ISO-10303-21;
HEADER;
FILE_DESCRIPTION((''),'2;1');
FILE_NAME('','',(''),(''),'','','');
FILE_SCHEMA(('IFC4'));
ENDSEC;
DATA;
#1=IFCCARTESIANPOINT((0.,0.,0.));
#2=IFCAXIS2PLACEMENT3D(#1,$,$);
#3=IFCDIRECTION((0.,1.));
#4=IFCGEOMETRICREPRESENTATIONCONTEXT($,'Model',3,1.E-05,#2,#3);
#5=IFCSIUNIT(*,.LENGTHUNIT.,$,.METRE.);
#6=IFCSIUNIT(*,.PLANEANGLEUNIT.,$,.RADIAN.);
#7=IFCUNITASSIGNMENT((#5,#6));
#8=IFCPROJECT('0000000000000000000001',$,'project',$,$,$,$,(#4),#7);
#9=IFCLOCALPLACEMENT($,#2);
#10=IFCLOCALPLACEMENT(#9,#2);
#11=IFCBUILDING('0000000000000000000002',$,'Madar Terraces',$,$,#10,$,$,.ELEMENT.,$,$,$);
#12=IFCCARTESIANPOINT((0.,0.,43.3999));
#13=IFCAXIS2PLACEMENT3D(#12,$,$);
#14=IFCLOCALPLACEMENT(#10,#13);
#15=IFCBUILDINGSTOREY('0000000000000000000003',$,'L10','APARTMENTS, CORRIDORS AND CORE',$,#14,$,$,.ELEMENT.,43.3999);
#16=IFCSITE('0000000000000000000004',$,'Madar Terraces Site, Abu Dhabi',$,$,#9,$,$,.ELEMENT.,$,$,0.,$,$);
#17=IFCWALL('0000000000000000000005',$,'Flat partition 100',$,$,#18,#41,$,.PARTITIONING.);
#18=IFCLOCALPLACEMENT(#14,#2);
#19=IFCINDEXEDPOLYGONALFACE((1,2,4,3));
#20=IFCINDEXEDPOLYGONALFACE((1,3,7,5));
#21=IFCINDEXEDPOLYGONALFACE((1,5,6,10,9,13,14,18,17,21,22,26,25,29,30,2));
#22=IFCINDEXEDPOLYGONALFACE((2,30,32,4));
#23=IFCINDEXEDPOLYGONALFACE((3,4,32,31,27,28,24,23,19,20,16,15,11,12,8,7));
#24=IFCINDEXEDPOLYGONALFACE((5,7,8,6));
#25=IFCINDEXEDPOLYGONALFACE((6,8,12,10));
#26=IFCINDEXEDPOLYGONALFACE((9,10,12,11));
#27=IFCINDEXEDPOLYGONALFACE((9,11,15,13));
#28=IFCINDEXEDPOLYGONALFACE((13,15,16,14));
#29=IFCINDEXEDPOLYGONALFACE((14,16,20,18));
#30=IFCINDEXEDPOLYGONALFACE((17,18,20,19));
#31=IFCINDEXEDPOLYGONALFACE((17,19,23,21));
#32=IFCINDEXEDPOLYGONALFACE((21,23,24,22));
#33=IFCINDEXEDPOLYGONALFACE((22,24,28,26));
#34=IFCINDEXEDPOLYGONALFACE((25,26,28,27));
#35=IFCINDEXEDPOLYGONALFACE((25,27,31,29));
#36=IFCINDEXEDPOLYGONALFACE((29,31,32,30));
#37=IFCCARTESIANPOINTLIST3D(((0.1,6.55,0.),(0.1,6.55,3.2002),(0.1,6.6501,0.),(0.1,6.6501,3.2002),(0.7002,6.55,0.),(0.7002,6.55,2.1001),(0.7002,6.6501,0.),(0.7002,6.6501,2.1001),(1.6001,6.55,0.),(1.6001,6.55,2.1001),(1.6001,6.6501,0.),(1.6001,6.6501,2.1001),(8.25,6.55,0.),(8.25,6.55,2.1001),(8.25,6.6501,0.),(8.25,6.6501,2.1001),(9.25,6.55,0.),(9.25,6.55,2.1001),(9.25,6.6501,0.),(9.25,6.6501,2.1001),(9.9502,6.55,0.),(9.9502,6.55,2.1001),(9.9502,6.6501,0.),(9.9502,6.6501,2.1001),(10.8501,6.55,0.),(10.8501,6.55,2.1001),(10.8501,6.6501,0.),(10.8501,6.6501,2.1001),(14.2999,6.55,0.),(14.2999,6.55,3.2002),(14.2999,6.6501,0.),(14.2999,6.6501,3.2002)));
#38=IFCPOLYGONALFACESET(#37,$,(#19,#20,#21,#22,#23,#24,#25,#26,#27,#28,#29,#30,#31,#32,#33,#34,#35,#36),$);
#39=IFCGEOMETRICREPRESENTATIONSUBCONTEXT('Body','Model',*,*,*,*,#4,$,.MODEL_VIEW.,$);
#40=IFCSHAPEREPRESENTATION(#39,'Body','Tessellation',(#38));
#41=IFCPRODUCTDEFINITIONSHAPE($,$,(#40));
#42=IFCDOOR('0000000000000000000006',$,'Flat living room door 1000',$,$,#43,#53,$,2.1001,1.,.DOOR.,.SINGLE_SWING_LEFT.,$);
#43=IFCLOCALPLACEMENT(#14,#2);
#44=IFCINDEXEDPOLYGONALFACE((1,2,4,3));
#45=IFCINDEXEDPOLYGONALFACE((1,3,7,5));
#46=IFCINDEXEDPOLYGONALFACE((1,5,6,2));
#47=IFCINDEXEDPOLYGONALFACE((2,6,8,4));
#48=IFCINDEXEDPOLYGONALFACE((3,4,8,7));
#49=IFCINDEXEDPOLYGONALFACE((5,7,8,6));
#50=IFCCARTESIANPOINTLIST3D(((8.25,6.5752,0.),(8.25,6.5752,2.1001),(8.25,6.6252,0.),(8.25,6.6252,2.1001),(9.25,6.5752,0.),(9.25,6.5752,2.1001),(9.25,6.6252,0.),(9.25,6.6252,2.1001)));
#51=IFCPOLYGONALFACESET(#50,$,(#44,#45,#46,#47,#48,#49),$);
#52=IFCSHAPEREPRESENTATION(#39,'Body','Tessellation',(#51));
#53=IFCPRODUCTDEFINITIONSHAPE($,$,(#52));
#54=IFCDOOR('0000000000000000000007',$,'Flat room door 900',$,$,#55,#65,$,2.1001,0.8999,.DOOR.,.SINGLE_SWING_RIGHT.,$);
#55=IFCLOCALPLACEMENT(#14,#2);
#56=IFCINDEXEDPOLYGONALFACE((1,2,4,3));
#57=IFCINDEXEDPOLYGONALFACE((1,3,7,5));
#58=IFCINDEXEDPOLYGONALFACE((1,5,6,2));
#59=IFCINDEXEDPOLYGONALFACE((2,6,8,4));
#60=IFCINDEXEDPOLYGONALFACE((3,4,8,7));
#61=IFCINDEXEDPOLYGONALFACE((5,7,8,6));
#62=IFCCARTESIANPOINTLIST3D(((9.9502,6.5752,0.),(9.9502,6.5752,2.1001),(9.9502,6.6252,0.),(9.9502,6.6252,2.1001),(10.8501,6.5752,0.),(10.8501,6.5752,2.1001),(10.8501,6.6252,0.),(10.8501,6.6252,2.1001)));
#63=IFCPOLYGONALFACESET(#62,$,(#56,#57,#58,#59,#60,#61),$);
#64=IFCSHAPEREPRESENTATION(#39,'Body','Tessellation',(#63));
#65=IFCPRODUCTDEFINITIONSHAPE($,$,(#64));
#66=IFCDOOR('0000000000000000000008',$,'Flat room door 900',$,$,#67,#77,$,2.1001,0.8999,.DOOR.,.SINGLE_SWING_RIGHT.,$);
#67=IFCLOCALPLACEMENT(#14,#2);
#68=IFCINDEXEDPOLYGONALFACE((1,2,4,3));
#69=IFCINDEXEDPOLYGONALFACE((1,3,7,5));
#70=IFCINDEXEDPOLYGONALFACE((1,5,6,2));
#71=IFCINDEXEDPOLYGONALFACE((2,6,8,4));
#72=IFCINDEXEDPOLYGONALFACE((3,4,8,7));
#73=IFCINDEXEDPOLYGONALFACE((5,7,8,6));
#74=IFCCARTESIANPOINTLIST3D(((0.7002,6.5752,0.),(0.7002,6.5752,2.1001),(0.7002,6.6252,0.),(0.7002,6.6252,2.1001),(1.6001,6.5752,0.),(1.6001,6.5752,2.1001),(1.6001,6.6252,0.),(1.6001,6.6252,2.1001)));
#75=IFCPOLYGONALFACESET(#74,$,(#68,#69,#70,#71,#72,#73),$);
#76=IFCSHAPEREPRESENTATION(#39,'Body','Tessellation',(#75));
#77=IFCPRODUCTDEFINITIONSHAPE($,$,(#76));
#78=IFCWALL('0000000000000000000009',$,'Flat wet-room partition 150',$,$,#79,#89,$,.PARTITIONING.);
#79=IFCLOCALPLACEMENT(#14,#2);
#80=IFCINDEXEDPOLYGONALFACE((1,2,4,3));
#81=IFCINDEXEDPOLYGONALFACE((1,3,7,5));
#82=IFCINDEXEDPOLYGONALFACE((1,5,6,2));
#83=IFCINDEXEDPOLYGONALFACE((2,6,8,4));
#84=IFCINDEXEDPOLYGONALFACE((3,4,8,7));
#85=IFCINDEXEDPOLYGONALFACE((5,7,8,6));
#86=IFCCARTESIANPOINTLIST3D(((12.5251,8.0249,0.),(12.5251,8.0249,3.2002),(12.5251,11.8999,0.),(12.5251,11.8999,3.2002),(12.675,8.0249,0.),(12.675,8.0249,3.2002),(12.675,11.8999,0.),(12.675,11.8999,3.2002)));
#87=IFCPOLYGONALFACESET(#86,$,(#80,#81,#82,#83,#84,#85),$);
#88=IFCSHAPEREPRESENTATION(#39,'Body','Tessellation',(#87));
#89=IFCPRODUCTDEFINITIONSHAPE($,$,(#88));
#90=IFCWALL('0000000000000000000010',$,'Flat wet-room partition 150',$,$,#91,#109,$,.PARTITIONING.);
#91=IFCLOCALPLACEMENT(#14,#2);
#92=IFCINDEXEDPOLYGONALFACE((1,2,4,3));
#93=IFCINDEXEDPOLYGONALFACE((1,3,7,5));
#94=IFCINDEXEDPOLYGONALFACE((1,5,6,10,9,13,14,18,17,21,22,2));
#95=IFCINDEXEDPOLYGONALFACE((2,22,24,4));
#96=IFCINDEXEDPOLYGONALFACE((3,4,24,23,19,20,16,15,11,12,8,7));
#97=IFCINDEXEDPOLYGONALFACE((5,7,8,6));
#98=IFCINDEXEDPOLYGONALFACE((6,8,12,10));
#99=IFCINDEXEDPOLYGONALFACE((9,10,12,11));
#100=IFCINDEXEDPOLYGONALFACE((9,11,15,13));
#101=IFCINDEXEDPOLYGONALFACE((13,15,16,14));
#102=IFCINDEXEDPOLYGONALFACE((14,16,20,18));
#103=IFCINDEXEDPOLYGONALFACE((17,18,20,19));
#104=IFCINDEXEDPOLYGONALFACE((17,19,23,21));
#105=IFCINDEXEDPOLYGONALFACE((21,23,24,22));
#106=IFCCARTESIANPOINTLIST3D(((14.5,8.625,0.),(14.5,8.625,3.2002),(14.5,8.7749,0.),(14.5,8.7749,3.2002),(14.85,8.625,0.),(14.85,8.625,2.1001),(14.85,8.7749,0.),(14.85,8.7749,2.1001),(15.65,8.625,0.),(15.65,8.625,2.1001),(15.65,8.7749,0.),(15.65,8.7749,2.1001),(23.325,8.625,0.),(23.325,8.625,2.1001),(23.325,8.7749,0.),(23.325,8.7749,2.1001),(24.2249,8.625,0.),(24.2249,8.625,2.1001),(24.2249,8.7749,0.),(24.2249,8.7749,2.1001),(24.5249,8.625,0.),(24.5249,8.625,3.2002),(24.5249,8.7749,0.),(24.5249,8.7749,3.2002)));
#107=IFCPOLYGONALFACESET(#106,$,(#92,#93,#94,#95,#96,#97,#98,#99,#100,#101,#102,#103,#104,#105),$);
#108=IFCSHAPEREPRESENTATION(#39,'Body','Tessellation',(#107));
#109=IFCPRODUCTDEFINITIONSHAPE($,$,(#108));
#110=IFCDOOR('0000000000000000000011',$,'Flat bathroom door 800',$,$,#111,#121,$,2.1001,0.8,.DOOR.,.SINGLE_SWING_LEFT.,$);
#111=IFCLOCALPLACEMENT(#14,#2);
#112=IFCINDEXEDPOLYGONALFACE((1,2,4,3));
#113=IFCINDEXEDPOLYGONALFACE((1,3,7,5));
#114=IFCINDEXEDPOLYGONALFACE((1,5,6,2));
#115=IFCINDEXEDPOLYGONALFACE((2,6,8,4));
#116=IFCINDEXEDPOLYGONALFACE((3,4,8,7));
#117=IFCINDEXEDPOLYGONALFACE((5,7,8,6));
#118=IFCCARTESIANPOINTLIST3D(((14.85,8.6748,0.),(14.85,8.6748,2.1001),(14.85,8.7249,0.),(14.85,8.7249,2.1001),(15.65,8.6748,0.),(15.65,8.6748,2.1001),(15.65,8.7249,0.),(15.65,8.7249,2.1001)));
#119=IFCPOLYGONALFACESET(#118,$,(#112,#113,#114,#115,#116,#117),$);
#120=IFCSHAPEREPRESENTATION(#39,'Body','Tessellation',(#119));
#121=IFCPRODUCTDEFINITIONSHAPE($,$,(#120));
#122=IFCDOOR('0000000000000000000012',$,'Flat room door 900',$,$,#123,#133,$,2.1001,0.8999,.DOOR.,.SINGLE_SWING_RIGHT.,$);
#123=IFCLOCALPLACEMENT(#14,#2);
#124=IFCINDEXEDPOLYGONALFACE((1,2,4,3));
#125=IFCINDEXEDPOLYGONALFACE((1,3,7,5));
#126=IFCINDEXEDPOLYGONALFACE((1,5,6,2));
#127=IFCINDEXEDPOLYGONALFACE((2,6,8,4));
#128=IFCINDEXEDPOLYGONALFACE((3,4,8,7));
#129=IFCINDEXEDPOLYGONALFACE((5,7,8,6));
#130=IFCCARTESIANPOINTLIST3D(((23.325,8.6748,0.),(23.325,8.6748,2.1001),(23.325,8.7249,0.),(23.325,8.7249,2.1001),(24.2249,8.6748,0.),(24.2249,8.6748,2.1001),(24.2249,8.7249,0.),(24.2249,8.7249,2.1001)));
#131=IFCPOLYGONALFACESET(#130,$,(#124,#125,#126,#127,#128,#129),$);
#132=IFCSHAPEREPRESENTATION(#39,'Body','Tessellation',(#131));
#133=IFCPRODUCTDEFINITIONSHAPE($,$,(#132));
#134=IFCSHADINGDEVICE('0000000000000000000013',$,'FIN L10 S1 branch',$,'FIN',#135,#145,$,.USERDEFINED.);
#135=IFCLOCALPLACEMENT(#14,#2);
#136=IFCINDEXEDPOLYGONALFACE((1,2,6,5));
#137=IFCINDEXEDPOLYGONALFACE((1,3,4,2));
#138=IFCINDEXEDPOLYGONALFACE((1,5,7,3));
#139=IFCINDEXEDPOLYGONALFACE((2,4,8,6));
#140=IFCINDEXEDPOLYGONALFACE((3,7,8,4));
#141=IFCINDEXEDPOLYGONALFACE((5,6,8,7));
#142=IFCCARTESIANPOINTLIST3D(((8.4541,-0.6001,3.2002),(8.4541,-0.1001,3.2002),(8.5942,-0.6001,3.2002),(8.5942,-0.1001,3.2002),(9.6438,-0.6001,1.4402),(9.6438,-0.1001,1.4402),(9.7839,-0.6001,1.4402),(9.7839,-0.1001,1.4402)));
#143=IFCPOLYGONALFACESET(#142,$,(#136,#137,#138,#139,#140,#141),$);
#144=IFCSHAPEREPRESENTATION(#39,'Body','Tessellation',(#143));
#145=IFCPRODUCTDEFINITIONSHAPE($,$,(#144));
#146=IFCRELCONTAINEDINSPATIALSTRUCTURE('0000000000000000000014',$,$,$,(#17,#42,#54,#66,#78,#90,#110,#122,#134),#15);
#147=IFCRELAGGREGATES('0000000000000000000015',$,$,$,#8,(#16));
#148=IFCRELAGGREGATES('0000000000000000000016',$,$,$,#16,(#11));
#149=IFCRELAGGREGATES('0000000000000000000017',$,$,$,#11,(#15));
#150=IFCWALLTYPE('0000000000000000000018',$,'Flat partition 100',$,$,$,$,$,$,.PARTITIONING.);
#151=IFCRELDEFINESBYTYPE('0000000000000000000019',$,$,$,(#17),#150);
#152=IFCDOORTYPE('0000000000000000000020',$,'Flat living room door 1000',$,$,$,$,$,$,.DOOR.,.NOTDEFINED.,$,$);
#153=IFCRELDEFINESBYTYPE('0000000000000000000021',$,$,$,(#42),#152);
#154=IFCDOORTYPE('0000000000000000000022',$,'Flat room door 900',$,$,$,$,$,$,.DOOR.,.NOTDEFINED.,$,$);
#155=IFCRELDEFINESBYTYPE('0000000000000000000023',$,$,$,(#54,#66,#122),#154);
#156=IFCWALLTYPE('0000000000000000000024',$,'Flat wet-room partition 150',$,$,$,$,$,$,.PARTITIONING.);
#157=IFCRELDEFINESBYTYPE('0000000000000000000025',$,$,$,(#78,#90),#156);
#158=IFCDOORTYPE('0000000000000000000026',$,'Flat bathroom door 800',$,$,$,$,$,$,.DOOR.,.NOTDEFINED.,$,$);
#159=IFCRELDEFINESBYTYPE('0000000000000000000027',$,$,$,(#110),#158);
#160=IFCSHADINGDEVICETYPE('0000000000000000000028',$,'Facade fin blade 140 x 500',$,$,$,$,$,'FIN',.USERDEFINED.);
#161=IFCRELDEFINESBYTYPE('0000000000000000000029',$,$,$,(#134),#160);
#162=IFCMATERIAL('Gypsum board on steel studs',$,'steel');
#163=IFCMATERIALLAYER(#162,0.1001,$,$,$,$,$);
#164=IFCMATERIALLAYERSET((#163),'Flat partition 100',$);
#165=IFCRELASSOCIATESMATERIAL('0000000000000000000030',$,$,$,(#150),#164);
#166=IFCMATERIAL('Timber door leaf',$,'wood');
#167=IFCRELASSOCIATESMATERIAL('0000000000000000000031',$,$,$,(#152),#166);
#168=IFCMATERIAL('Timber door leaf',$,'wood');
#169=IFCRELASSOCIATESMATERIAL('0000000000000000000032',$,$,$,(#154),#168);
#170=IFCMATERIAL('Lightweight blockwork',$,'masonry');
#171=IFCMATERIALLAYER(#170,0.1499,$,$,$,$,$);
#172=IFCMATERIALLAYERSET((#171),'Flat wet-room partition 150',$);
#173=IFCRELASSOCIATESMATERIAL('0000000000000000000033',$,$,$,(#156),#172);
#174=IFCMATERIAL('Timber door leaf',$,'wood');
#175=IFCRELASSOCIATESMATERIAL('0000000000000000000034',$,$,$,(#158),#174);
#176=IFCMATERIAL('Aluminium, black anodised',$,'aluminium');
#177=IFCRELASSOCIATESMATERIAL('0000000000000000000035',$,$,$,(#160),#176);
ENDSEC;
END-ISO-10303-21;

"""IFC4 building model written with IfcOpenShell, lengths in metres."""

from ifc_helpers import new_model, si_unit, direction, frame, frame_2d, origin, place, context, subcontext, project, spatial, polyline, rectangle, outline, extrude, material, layer, layer_set, type_object, element, fill, save


model = new_model("IFC4")

# Units and contexts
model_context = context("Model", 3, precision=1e-05, world=origin(), true_north=direction((0.0, 1.0)))
body_context = subcontext(model_context, "Body", "Model", "MODEL_VIEW")
ifc_project = project(units=[si_unit("LENGTHUNIT", "METRE"), si_unit("PLANEANGLEUNIT", "RADIAN")], contexts=[model_context])

# Site, building, storey
site_placement = place(None, origin())
site = spatial("IfcSite", under=ifc_project, at=site_placement, Name="Madar Terraces Site, Abu Dhabi", CompositionType="ELEMENT", RefElevation=0.0)
building_placement = place(site_placement, origin())
building = spatial("IfcBuilding", under=site, at=building_placement, Name="Madar Terraces", CompositionType="ELEMENT")
storey_placement = place(building_placement, frame((0.0, 0.0, 43.3999)))
storey = spatial("IfcBuildingStorey", under=building, at=storey_placement, Name="L10", Description="APARTMENTS, CORRIDORS AND CORE", CompositionType="ELEMENT", Elevation=43.3999)

# Wall, openings, doors
ifc_material_1 = material(Name="Gypsum board on steel studs", Category="steel")
ifc_layer_1 = layer(ifc_material_1, 0.1001)
ifc_layer_set_1 = layer_set([ifc_layer_1], Name="Flat partition 100")
wall_type_1 = type_object("IfcWallType", Name="Flat partition 100", PredefinedType="PARTITIONING", material=ifc_layer_set_1)
wall_1_placement = place(storey_placement, frame((14.3, 6.6001, 0.0), z_axis=(0.0, 0.0, 1.0), x_axis=(-1.0, 0.0, 0.0)))
wall_1 = element("IfcWall", 1, at=wall_1_placement, inside=storey, type_object=wall_type_1, Name="Flat partition 100", PredefinedType="PARTITIONING", context=body_context, shape_type="SweptSolid", body=[
    extrude(rectangle(XDim=14.2, YDim=0.1001, at=frame_2d((7.1001, 0.0))), origin(), (0.0, 0.0, 1.0), 3.2002),
])
opening_1_placement = place(wall_1_placement, frame((3.45, 0.0, 0.0)))
opening_1 = element("IfcOpeningElement", 2, at=opening_1_placement, cuts=wall_1, PredefinedType="OPENING", context=body_context, shape_type="SweptSolid", body=[
    extrude(rectangle(XDim=0.8999, YDim=2.1001, at=frame_2d((0.45, 1.05))), frame((0.0, 0.0601, 0.0), z_axis=(0.0, -1.0, 0.0), x_axis=(1.0, 0.0, 0.0)), (0.0, 0.0, 1.0), 0.1201),
])
opening_2_placement = place(wall_1_placement, frame((5.05, 0.0, 0.0)))
opening_2 = element("IfcOpeningElement", 3, at=opening_2_placement, cuts=wall_1, PredefinedType="OPENING", context=body_context, shape_type="SweptSolid", body=[
    extrude(rectangle(XDim=1.0, YDim=2.1001, at=frame_2d((0.5, 1.05))), frame((0.0, 0.0601, 0.0), z_axis=(0.0, -1.0, 0.0), x_axis=(1.0, 0.0, 0.0)), (0.0, 0.0, 1.0), 0.1201),
])
opening_3_placement = place(wall_1_placement, frame((12.7, 0.0, 0.0)))
opening_3 = element("IfcOpeningElement", 4, at=opening_3_placement, cuts=wall_1, PredefinedType="OPENING", context=body_context, shape_type="SweptSolid", body=[
    extrude(rectangle(XDim=0.8999, YDim=2.1001, at=frame_2d((0.45, 1.05))), frame((0.0, 0.0601, 0.0), z_axis=(0.0, -1.0, 0.0), x_axis=(1.0, 0.0, 0.0)), (0.0, 0.0, 1.0), 0.1201),
])
ifc_material_2 = material(Name="Timber door leaf", Category="wood")
door_type_1 = type_object("IfcDoorType", Name="Flat living room door 1000", OperationType="NOTDEFINED", PredefinedType="DOOR", material=ifc_material_2)
door_1_placement = place(opening_2_placement, origin())
door_1 = element("IfcDoor", 5, at=door_1_placement, inside=storey, type_object=door_type_1, Name="Flat living room door 1000", OperationType="SINGLE_SWING_LEFT", OverallHeight=2.1001, OverallWidth=1.0, PredefinedType="DOOR", context=body_context, shape_type="SweptSolid", body=[
    extrude(rectangle(XDim=1.0, YDim=2.1001, at=frame_2d((0.5, 1.05))), frame((0.0, 0.0249, 0.0), z_axis=(0.0, -1.0, 0.0), x_axis=(1.0, 0.0, 0.0)), (0.0, 0.0, 1.0), 0.05),
])
fill(opening_2, door_1)
ifc_material_3 = material(Name="Timber door leaf", Category="wood")
door_type_2 = type_object("IfcDoorType", Name="Flat room door 900", OperationType="NOTDEFINED", PredefinedType="DOOR", material=ifc_material_3)
door_2_placement = place(opening_1_placement, origin())
door_2 = element("IfcDoor", 6, at=door_2_placement, inside=storey, type_object=door_type_2, Name="Flat room door 900", OperationType="SINGLE_SWING_RIGHT", OverallHeight=2.1001, OverallWidth=0.8999, PredefinedType="DOOR", context=body_context, shape_type="SweptSolid", body=[
    extrude(rectangle(XDim=0.8999, YDim=2.1001, at=frame_2d((0.45, 1.05))), frame((0.0, 0.0249, 0.0), z_axis=(0.0, -1.0, 0.0), x_axis=(1.0, 0.0, 0.0)), (0.0, 0.0, 1.0), 0.05),
])
fill(opening_1, door_2)
door_3_placement = place(opening_3_placement, origin())
door_3 = element("IfcDoor", 7, at=door_3_placement, inside=storey, type_object=door_type_2, Name="Flat room door 900", OperationType="SINGLE_SWING_RIGHT", OverallHeight=2.1001, OverallWidth=0.8999, PredefinedType="DOOR", context=body_context, shape_type="SweptSolid", body=[
    extrude(rectangle(XDim=0.8999, YDim=2.1001, at=frame_2d((0.45, 1.05))), frame((0.0, 0.0249, 0.0), z_axis=(0.0, -1.0, 0.0), x_axis=(1.0, 0.0, 0.0)), (0.0, 0.0, 1.0), 0.05),
])
fill(opening_3, door_3)

# Wall
ifc_material_4 = material(Name="Lightweight blockwork", Category="masonry")
ifc_layer_2 = layer(ifc_material_4, 0.1499)
ifc_layer_set_2 = layer_set([ifc_layer_2], Name="Flat wet-room partition 150")
wall_type_2 = type_object("IfcWallType", Name="Flat wet-room partition 150", PredefinedType="PARTITIONING", material=ifc_layer_set_2)
wall_2_placement = place(storey_placement, frame((12.6001, 11.8999, 0.0), z_axis=(0.0, 0.0, 1.0), x_axis=(0.0, -1.0, 0.0)))
element("IfcWall", 8, at=wall_2_placement, inside=storey, type_object=wall_type_2, Name="Flat wet-room partition 150", PredefinedType="PARTITIONING", context=body_context, shape_type="SweptSolid", body=[
    extrude(rectangle(XDim=3.875, YDim=0.1499, at=frame_2d((1.9375, 0.0))), origin(), (0.0, 0.0, 1.0), 3.2002),
])

# Wall, openings, doors
wall_3_placement = place(storey_placement, frame((14.5, 8.7, 0.0), z_axis=(0.0, 0.0, 1.0), x_axis=(1.0, 0.0, 0.0)))
wall_3 = element("IfcWall", 9, at=wall_3_placement, inside=storey, type_object=wall_type_2, Name="Flat wet-room partition 150", PredefinedType="PARTITIONING", context=body_context, shape_type="SweptSolid", body=[
    extrude(rectangle(XDim=10.0249, YDim=0.1499, at=frame_2d((5.0125, 0.0))), origin(), (0.0, 0.0, 1.0), 3.2002),
])
opening_4_placement = place(wall_3_placement, frame((8.825, 0.0, 0.0)))
opening_4 = element("IfcOpeningElement", 10, at=opening_4_placement, cuts=wall_3, PredefinedType="OPENING", context=body_context, shape_type="SweptSolid", body=[
    extrude(rectangle(XDim=0.8999, YDim=2.1001, at=frame_2d((0.45, 1.05))), frame((0.0, 0.085, 0.0), z_axis=(0.0, -1.0, 0.0), x_axis=(1.0, 0.0, 0.0)), (0.0, 0.0, 1.0), 0.1699),
])
opening_5_placement = place(wall_3_placement, frame((0.3501, 0.0, 0.0)))
opening_5 = element("IfcOpeningElement", 11, at=opening_5_placement, cuts=wall_3, PredefinedType="OPENING", context=body_context, shape_type="SweptSolid", body=[
    extrude(rectangle(XDim=0.8, YDim=2.1001, at=frame_2d((0.3999, 1.05))), frame((0.0, 0.085, 0.0), z_axis=(0.0, -1.0, 0.0), x_axis=(1.0, 0.0, 0.0)), (0.0, 0.0, 1.0), 0.1699),
])
ifc_material_5 = material(Name="Timber door leaf", Category="wood")
door_type_3 = type_object("IfcDoorType", Name="Flat bathroom door 800", OperationType="NOTDEFINED", PredefinedType="DOOR", material=ifc_material_5)
door_4_placement = place(opening_5_placement, origin())
door_4 = element("IfcDoor", 12, at=door_4_placement, inside=storey, type_object=door_type_3, Name="Flat bathroom door 800", OperationType="SINGLE_SWING_LEFT", OverallHeight=2.1001, OverallWidth=0.8, PredefinedType="DOOR", context=body_context, shape_type="SweptSolid", body=[
    extrude(rectangle(XDim=0.8, YDim=2.1001, at=frame_2d((0.3999, 1.05))), frame((0.0, 0.0249, 0.0), z_axis=(0.0, -1.0, 0.0), x_axis=(1.0, 0.0, 0.0)), (0.0, 0.0, 1.0), 0.05),
])
fill(opening_5, door_4)
door_5_placement = place(opening_4_placement, origin())
door_5 = element("IfcDoor", 13, at=door_5_placement, inside=storey, type_object=door_type_2, Name="Flat room door 900", OperationType="SINGLE_SWING_RIGHT", OverallHeight=2.1001, OverallWidth=0.8999, PredefinedType="DOOR", context=body_context, shape_type="SweptSolid", body=[
    extrude(rectangle(XDim=0.8999, YDim=2.1001, at=frame_2d((0.45, 1.05))), frame((0.0, 0.0249, 0.0), z_axis=(0.0, -1.0, 0.0), x_axis=(1.0, 0.0, 0.0)), (0.0, 0.0, 1.0), 0.05),
])
fill(opening_4, door_5)

# Shading device
ifc_material_6 = material(Name="Aluminium, black anodised", Category="aluminium")
shading_device_type = type_object("IfcShadingDeviceType", Name="Facade fin blade 140 x 500", ElementType="FIN", PredefinedType="USERDEFINED", material=ifc_material_6)
shading_device_placement = place(storey_placement, frame((9.6438, -0.3501, 1.4402), z_axis=(0.0, 0.0, 1.0), x_axis=(1.0, 0.0, 0.0)))
element("IfcShadingDevice", 14, at=shading_device_placement, inside=storey, type_object=shading_device_type, Name="FIN L10 S1 branch", ObjectType="FIN", PredefinedType="USERDEFINED", context=body_context, shape_type="SweptSolid", body=[
    extrude(outline(polyline([(0.0, 0.0), (0.1401, 0.0), (-1.0496, 1.76), (-1.1897, 1.76), (0.0, 0.0)])), frame((0.0, 0.25, 0.0), z_axis=(0.0, -1.0, 0.0), x_axis=(1.0, 0.0, 0.0)), (0.0, 0.0, 1.0), 0.5),
])

save(model, "model.ifc")
